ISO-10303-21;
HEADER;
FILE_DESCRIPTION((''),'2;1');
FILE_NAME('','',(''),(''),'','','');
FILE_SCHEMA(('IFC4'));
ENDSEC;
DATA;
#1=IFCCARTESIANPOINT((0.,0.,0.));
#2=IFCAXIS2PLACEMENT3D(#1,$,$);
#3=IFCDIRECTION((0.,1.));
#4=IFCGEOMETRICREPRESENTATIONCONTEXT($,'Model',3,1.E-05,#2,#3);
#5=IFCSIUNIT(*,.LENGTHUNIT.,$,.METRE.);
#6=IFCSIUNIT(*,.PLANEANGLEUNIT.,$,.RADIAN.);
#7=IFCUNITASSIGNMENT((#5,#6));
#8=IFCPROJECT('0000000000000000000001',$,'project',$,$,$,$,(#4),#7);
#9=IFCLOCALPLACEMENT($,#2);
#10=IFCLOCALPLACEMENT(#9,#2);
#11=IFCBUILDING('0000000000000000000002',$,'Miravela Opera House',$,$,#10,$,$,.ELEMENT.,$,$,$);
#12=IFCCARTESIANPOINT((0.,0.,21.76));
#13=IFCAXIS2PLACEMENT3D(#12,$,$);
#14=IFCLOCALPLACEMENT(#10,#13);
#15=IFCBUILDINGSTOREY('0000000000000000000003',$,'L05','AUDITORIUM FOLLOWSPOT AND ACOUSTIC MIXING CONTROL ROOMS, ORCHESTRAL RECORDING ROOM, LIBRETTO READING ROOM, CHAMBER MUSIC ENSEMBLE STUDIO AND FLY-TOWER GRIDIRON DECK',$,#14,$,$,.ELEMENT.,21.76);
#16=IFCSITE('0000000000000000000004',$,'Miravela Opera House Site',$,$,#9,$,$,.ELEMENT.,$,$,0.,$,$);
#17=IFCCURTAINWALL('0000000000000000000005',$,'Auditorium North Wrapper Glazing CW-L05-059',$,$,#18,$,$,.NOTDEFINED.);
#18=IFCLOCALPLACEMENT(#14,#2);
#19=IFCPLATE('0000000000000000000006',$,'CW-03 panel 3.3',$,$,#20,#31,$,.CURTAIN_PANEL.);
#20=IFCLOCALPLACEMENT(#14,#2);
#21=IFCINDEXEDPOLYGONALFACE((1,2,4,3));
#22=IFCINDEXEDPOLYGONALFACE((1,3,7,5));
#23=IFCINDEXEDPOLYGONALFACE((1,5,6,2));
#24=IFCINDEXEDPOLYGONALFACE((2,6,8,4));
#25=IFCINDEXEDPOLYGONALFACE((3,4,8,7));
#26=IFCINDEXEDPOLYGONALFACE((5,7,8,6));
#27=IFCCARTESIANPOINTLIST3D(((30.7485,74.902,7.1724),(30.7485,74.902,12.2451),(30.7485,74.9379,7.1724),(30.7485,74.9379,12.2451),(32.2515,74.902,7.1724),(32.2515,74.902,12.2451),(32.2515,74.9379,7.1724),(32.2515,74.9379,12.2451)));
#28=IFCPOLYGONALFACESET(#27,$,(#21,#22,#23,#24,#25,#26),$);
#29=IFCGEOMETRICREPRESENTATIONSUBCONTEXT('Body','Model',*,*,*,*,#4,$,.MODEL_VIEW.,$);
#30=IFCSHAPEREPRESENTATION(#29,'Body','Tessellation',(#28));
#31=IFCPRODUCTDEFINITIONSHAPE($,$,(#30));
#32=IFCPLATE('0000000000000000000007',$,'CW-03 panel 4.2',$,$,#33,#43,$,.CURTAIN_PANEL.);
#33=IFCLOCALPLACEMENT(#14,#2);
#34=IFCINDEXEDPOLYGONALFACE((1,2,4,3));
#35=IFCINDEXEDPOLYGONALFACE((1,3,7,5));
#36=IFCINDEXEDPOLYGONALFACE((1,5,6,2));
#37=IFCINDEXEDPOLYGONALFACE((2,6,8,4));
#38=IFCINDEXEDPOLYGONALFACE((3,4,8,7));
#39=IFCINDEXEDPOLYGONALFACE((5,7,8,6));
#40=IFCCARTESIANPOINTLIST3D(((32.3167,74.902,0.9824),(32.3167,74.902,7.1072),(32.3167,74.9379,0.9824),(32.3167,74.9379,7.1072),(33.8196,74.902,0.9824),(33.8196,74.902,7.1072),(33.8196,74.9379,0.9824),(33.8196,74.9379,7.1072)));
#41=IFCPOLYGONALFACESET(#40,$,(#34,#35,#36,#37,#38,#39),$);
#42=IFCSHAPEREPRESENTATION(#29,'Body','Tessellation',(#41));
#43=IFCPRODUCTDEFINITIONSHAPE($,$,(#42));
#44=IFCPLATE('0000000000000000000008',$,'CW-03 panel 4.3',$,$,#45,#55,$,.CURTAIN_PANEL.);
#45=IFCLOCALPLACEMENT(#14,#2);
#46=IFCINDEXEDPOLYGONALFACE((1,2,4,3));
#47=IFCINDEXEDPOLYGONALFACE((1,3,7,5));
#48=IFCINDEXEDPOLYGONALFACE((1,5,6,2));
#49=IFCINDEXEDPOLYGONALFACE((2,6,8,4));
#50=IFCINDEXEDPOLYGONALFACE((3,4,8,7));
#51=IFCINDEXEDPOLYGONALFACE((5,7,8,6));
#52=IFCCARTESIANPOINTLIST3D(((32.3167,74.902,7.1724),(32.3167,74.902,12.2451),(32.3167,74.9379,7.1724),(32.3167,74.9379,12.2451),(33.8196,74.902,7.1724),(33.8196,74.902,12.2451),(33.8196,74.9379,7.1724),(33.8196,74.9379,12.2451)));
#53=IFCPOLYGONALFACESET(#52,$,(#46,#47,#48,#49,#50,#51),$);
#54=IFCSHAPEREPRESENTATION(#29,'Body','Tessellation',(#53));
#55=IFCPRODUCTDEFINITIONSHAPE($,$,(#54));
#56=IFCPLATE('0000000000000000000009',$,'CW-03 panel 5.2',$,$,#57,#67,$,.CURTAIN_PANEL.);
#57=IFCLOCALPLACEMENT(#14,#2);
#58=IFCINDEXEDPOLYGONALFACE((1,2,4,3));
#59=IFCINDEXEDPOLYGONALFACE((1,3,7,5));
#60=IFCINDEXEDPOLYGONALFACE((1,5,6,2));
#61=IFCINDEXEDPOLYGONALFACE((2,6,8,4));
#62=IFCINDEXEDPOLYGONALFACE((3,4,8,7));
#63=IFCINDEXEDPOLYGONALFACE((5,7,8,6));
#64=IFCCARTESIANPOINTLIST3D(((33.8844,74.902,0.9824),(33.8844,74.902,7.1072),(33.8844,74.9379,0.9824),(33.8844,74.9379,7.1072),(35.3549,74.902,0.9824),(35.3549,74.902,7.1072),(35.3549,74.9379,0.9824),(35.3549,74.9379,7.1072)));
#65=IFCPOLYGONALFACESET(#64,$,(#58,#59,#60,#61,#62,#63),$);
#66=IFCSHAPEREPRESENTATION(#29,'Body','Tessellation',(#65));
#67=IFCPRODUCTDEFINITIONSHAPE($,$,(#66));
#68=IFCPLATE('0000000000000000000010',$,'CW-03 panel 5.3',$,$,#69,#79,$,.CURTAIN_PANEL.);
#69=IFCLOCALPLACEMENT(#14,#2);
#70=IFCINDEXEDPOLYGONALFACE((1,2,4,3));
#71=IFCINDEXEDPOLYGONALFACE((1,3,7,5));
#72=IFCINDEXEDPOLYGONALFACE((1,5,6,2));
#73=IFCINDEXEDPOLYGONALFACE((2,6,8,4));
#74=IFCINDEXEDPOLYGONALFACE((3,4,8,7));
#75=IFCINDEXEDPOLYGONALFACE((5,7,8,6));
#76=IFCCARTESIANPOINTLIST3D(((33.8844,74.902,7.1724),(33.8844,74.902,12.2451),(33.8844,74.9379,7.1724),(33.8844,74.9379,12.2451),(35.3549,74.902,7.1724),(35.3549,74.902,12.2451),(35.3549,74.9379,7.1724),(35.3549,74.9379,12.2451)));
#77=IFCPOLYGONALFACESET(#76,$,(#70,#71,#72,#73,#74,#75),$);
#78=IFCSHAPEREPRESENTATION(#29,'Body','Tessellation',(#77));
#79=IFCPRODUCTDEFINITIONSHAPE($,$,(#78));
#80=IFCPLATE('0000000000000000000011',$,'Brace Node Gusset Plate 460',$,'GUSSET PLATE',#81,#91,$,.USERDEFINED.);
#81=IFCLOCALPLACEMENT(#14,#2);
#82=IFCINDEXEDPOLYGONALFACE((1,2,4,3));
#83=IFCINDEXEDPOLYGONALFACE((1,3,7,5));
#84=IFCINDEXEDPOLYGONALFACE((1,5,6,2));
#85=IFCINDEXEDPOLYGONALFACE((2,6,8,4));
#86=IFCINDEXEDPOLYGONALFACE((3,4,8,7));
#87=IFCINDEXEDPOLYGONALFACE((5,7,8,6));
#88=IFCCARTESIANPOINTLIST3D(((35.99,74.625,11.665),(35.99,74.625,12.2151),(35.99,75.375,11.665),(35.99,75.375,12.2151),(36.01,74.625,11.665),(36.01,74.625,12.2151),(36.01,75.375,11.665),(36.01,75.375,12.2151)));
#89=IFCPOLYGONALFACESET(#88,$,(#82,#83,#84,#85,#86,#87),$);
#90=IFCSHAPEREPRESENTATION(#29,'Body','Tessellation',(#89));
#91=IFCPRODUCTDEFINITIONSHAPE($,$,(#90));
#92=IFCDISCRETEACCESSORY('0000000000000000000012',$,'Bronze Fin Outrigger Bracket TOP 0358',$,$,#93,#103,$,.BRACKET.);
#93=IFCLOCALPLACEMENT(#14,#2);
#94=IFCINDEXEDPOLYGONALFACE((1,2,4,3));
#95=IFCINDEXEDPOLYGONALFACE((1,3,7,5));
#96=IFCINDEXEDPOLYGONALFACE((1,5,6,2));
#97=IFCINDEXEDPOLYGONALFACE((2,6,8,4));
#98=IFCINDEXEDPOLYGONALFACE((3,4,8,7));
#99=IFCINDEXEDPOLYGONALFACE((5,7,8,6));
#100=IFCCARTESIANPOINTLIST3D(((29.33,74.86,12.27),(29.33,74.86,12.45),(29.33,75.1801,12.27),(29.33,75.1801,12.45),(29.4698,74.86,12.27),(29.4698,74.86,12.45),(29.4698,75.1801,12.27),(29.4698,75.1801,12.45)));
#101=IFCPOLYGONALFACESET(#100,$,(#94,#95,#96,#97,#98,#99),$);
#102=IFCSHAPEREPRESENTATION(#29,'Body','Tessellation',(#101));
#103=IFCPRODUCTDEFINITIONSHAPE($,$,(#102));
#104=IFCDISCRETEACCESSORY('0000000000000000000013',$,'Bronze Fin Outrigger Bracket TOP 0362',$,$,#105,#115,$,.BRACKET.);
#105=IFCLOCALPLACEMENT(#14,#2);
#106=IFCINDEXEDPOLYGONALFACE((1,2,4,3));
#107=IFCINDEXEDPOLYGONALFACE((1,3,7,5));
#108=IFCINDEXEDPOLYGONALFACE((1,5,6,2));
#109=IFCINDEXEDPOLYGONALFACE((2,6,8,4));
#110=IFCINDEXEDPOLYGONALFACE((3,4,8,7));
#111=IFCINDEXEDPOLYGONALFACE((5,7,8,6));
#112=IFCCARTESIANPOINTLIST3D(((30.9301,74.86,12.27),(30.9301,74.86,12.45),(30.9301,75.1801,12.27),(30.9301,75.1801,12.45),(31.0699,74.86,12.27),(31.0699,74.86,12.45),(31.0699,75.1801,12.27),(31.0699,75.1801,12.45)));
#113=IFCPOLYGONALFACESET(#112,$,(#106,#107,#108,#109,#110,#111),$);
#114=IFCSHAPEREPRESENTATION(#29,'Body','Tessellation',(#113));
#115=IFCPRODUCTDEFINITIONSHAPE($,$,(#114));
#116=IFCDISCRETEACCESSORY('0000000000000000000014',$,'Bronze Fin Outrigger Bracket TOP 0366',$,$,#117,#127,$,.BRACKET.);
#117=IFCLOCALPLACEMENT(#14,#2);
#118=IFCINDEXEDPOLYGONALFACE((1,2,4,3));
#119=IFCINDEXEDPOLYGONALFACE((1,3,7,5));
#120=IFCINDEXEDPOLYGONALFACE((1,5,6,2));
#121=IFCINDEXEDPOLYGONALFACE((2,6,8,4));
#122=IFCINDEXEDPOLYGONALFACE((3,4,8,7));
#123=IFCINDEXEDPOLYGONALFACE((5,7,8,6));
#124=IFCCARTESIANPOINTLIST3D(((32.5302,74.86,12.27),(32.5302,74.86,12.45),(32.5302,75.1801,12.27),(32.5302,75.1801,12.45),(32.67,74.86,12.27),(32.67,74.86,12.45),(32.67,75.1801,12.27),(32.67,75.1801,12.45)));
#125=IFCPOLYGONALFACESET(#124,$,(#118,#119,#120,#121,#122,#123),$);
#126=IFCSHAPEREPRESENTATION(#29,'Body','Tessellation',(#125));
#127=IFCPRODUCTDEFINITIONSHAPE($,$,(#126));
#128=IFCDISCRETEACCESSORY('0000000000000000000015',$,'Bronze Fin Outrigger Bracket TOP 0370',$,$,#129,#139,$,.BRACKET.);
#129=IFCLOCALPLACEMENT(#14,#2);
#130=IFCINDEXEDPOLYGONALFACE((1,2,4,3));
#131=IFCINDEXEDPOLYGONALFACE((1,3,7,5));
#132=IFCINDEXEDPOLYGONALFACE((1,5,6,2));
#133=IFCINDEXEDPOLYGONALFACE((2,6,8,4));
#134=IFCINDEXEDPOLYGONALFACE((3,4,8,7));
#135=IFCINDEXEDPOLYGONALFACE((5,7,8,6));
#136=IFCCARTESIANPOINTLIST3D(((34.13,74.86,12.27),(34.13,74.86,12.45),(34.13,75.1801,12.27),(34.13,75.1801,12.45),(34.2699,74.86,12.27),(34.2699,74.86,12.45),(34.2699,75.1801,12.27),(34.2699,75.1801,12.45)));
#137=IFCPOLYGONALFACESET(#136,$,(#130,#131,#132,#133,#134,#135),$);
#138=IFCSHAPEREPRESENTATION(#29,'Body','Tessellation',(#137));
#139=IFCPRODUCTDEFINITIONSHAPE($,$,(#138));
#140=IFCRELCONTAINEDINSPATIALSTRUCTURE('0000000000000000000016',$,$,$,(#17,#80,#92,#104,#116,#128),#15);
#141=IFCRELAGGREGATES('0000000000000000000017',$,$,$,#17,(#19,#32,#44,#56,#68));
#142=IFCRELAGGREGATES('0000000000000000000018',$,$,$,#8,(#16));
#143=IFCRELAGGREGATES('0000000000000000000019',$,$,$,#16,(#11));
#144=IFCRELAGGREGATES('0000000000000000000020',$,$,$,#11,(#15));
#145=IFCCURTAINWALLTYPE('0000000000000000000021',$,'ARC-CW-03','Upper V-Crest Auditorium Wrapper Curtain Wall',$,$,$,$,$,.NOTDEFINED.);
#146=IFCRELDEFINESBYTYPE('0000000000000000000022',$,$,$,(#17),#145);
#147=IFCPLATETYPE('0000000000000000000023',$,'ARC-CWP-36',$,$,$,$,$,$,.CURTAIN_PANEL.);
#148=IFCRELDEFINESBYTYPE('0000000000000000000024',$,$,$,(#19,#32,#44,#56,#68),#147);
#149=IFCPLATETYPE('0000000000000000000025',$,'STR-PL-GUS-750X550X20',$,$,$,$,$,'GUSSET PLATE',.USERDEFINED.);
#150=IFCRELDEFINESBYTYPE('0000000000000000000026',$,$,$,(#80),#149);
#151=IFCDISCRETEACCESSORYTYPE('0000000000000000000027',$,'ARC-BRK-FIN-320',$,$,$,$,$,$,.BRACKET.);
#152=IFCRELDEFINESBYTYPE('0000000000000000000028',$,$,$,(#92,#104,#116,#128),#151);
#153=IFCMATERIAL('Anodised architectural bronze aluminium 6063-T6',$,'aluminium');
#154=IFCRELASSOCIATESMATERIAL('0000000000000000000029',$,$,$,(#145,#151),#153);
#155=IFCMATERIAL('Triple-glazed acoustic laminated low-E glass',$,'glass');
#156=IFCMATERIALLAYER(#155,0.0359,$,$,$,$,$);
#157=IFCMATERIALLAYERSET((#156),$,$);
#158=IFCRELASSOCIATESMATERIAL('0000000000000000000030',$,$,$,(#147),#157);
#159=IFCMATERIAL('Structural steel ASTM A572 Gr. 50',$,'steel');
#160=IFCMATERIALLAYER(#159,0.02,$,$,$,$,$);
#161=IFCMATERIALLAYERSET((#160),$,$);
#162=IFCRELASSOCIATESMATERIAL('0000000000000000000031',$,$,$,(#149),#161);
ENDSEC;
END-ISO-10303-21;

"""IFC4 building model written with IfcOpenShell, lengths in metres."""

from ifc_helpers import new_model, si_unit, direction, frame, origin, origin_2d, place, context, subcontext, project, spatial, rectangle, extrude, material, layer, layer_set, type_object, element, aggregate, save


model = new_model("IFC4")

# Units and contexts
model_context = context("Model", 3, precision=1e-05, world=origin(), true_north=direction((0.0, 1.0)))
body_context = subcontext(model_context, "Body", "Model", "MODEL_VIEW")
ifc_project = project(units=[si_unit("LENGTHUNIT", "METRE"), si_unit("PLANEANGLEUNIT", "RADIAN")], contexts=[model_context])

# Site, building, storey
site_placement = place(None, origin())
site = spatial("IfcSite", under=ifc_project, at=site_placement, Name="Miravela Opera House Site", CompositionType="ELEMENT", RefElevation=0.0)
building_placement = place(site_placement, origin())
building = spatial("IfcBuilding", under=site, at=building_placement, Name="Miravela Opera House", CompositionType="ELEMENT")
storey_placement = place(building_placement, frame((0.0, 0.0, 21.76)))
storey = spatial("IfcBuildingStorey", under=building, at=storey_placement, Name="L05", Description="AUDITORIUM FOLLOWSPOT AND ACOUSTIC MIXING CONTROL ROOMS, ORCHESTRAL RECORDING ROOM, LIBRETTO READING ROOM, CHAMBER MUSIC ENSEMBLE STUDIO AND FLY-TOWER GRIDIRON DECK", CompositionType="ELEMENT", Elevation=21.76)

# Curtain wall, plates
ifc_material_1 = material(Name="Anodised architectural bronze aluminium 6063-T6", Category="aluminium")
curtain_wall_type = type_object("IfcCurtainWallType", Name="ARC-CW-03", Description="Upper V-Crest Auditorium Wrapper Curtain Wall", PredefinedType="NOTDEFINED", material=ifc_material_1)
curtain_wall_placement = place(storey_placement, origin())
curtain_wall = element("IfcCurtainWall", 1, at=curtain_wall_placement, inside=storey, type_object=curtain_wall_type, Name="Auditorium North Wrapper Glazing CW-L05-059", PredefinedType="NOTDEFINED")
ifc_material_2 = material(Name="Triple-glazed acoustic laminated low-E glass", Category="glass")
ifc_layer_1 = layer(ifc_material_2, 0.0359)
ifc_layer_set_1 = layer_set([ifc_layer_1])
plate_type_1 = type_object("IfcPlateType", Name="ARC-CWP-36", PredefinedType="CURTAIN_PANEL", material=ifc_layer_set_1)
plate_1_placement = place(storey_placement, frame((31.5, 74.9199, 7.1724), z_axis=(0.0, 0.0, 1.0), x_axis=(1.0, 0.0, 0.0)))
plate_1 = element("IfcPlate", 2, at=plate_1_placement, type_object=plate_type_1, Name="CW-03 panel 3.3", PredefinedType="CURTAIN_PANEL", context=body_context, shape_type="SweptSolid", body=[
    extrude(rectangle(XDim=1.5029, YDim=0.0359, at=origin_2d()), origin(), (0.0, 0.0, 1.0), 5.0728),
])
plate_2_placement = place(storey_placement, frame((33.0681, 74.9199, 0.9824), z_axis=(0.0, 0.0, 1.0), x_axis=(1.0, 0.0, 0.0)))
plate_2 = element("IfcPlate", 3, at=plate_2_placement, type_object=plate_type_1, Name="CW-03 panel 4.2", PredefinedType="CURTAIN_PANEL", context=body_context, shape_type="SweptSolid", body=[
    extrude(rectangle(XDim=1.5029, YDim=0.0359, at=origin_2d()), origin(), (0.0, 0.0, 1.0), 6.1248),
])
plate_3_placement = place(storey_placement, frame((33.0681, 74.9199, 7.1724), z_axis=(0.0, 0.0, 1.0), x_axis=(1.0, 0.0, 0.0)))
plate_3 = element("IfcPlate", 4, at=plate_3_placement, type_object=plate_type_1, Name="CW-03 panel 4.3", PredefinedType="CURTAIN_PANEL", context=body_context, shape_type="SweptSolid", body=[
    extrude(rectangle(XDim=1.5029, YDim=0.0359, at=origin_2d()), origin(), (0.0, 0.0, 1.0), 5.0728),
])
plate_4_placement = place(storey_placement, frame((34.6196, 74.9199, 0.9824), z_axis=(0.0, 0.0, 1.0), x_axis=(1.0, 0.0, 0.0)))
plate_4 = element("IfcPlate", 5, at=plate_4_placement, type_object=plate_type_1, Name="CW-03 panel 5.2", PredefinedType="CURTAIN_PANEL", context=body_context, shape_type="SweptSolid", body=[
    extrude(rectangle(XDim=1.4705, YDim=0.0359, at=origin_2d()), origin(), (0.0, 0.0, 1.0), 6.1248),
])
plate_5_placement = place(storey_placement, frame((34.6196, 74.9199, 7.1724), z_axis=(0.0, 0.0, 1.0), x_axis=(1.0, 0.0, 0.0)))
plate_5 = element("IfcPlate", 6, at=plate_5_placement, type_object=plate_type_1, Name="CW-03 panel 5.3", PredefinedType="CURTAIN_PANEL", context=body_context, shape_type="SweptSolid", body=[
    extrude(rectangle(XDim=1.4705, YDim=0.0359, at=origin_2d()), origin(), (0.0, 0.0, 1.0), 5.0728),
])
aggregate(curtain_wall, [plate_1, plate_2, plate_3, plate_4, plate_5])

# Plate
ifc_material_3 = material(Name="Structural steel ASTM A572 Gr. 50", Category="steel")
ifc_layer_2 = layer(ifc_material_3, 0.02)
ifc_layer_set_2 = layer_set([ifc_layer_2])
plate_type_2 = type_object("IfcPlateType", Name="STR-PL-GUS-750X550X20", ElementType="GUSSET PLATE", PredefinedType="USERDEFINED", material=ifc_layer_set_2)
plate_6_placement = place(storey_placement, frame((36.0, 75.0, 11.665), z_axis=(0.0, 0.0, 1.0), x_axis=(0.0, 1.0, 0.0)))
element("IfcPlate", 7, at=plate_6_placement, inside=storey, type_object=plate_type_2, Name="Brace Node Gusset Plate 460", ObjectType="GUSSET PLATE", PredefinedType="USERDEFINED", context=body_context, shape_type="SweptSolid", body=[
    extrude(rectangle(XDim=0.75, YDim=0.02, at=origin_2d()), origin(), (0.0, 0.0, 1.0), 0.55),
])

# Discrete accessories
discrete_accessory_type = type_object("IfcDiscreteAccessoryType", Name="ARC-BRK-FIN-320", PredefinedType="BRACKET", material=ifc_material_1)
for number, where, z_axis, x_axis, name in (
    (8, (29.3999, 75.02, 12.27), (0.0, 0.0, 1.0), (0.0, 1.0, 0.0), "Bronze Fin Outrigger Bracket TOP 0358"),
    (9, (31.0, 75.02, 12.27), (0.0, 0.0, 1.0), (0.0, 1.0, 0.0), "Bronze Fin Outrigger Bracket TOP 0362"),
    (10, (32.6001, 75.02, 12.27), (0.0, 0.0, 1.0), (0.0, 1.0, 0.0), "Bronze Fin Outrigger Bracket TOP 0366"),
    (11, (34.2, 75.02, 12.27), (0.0, 0.0, 1.0), (0.0, 1.0, 0.0), "Bronze Fin Outrigger Bracket TOP 0370"),
):
    element("IfcDiscreteAccessory", number, at=place(storey_placement, frame(where, z_axis=z_axis, x_axis=x_axis)), inside=storey, type_object=discrete_accessory_type, Name=name, PredefinedType="BRACKET", context=body_context, shape_type="SweptSolid", body=[
        extrude(rectangle(XDim=0.3201, YDim=0.1399, at=origin_2d()), origin(), (0.0, 0.0, 1.0), 0.1799),
    ])

save(model, "model.ifc")
